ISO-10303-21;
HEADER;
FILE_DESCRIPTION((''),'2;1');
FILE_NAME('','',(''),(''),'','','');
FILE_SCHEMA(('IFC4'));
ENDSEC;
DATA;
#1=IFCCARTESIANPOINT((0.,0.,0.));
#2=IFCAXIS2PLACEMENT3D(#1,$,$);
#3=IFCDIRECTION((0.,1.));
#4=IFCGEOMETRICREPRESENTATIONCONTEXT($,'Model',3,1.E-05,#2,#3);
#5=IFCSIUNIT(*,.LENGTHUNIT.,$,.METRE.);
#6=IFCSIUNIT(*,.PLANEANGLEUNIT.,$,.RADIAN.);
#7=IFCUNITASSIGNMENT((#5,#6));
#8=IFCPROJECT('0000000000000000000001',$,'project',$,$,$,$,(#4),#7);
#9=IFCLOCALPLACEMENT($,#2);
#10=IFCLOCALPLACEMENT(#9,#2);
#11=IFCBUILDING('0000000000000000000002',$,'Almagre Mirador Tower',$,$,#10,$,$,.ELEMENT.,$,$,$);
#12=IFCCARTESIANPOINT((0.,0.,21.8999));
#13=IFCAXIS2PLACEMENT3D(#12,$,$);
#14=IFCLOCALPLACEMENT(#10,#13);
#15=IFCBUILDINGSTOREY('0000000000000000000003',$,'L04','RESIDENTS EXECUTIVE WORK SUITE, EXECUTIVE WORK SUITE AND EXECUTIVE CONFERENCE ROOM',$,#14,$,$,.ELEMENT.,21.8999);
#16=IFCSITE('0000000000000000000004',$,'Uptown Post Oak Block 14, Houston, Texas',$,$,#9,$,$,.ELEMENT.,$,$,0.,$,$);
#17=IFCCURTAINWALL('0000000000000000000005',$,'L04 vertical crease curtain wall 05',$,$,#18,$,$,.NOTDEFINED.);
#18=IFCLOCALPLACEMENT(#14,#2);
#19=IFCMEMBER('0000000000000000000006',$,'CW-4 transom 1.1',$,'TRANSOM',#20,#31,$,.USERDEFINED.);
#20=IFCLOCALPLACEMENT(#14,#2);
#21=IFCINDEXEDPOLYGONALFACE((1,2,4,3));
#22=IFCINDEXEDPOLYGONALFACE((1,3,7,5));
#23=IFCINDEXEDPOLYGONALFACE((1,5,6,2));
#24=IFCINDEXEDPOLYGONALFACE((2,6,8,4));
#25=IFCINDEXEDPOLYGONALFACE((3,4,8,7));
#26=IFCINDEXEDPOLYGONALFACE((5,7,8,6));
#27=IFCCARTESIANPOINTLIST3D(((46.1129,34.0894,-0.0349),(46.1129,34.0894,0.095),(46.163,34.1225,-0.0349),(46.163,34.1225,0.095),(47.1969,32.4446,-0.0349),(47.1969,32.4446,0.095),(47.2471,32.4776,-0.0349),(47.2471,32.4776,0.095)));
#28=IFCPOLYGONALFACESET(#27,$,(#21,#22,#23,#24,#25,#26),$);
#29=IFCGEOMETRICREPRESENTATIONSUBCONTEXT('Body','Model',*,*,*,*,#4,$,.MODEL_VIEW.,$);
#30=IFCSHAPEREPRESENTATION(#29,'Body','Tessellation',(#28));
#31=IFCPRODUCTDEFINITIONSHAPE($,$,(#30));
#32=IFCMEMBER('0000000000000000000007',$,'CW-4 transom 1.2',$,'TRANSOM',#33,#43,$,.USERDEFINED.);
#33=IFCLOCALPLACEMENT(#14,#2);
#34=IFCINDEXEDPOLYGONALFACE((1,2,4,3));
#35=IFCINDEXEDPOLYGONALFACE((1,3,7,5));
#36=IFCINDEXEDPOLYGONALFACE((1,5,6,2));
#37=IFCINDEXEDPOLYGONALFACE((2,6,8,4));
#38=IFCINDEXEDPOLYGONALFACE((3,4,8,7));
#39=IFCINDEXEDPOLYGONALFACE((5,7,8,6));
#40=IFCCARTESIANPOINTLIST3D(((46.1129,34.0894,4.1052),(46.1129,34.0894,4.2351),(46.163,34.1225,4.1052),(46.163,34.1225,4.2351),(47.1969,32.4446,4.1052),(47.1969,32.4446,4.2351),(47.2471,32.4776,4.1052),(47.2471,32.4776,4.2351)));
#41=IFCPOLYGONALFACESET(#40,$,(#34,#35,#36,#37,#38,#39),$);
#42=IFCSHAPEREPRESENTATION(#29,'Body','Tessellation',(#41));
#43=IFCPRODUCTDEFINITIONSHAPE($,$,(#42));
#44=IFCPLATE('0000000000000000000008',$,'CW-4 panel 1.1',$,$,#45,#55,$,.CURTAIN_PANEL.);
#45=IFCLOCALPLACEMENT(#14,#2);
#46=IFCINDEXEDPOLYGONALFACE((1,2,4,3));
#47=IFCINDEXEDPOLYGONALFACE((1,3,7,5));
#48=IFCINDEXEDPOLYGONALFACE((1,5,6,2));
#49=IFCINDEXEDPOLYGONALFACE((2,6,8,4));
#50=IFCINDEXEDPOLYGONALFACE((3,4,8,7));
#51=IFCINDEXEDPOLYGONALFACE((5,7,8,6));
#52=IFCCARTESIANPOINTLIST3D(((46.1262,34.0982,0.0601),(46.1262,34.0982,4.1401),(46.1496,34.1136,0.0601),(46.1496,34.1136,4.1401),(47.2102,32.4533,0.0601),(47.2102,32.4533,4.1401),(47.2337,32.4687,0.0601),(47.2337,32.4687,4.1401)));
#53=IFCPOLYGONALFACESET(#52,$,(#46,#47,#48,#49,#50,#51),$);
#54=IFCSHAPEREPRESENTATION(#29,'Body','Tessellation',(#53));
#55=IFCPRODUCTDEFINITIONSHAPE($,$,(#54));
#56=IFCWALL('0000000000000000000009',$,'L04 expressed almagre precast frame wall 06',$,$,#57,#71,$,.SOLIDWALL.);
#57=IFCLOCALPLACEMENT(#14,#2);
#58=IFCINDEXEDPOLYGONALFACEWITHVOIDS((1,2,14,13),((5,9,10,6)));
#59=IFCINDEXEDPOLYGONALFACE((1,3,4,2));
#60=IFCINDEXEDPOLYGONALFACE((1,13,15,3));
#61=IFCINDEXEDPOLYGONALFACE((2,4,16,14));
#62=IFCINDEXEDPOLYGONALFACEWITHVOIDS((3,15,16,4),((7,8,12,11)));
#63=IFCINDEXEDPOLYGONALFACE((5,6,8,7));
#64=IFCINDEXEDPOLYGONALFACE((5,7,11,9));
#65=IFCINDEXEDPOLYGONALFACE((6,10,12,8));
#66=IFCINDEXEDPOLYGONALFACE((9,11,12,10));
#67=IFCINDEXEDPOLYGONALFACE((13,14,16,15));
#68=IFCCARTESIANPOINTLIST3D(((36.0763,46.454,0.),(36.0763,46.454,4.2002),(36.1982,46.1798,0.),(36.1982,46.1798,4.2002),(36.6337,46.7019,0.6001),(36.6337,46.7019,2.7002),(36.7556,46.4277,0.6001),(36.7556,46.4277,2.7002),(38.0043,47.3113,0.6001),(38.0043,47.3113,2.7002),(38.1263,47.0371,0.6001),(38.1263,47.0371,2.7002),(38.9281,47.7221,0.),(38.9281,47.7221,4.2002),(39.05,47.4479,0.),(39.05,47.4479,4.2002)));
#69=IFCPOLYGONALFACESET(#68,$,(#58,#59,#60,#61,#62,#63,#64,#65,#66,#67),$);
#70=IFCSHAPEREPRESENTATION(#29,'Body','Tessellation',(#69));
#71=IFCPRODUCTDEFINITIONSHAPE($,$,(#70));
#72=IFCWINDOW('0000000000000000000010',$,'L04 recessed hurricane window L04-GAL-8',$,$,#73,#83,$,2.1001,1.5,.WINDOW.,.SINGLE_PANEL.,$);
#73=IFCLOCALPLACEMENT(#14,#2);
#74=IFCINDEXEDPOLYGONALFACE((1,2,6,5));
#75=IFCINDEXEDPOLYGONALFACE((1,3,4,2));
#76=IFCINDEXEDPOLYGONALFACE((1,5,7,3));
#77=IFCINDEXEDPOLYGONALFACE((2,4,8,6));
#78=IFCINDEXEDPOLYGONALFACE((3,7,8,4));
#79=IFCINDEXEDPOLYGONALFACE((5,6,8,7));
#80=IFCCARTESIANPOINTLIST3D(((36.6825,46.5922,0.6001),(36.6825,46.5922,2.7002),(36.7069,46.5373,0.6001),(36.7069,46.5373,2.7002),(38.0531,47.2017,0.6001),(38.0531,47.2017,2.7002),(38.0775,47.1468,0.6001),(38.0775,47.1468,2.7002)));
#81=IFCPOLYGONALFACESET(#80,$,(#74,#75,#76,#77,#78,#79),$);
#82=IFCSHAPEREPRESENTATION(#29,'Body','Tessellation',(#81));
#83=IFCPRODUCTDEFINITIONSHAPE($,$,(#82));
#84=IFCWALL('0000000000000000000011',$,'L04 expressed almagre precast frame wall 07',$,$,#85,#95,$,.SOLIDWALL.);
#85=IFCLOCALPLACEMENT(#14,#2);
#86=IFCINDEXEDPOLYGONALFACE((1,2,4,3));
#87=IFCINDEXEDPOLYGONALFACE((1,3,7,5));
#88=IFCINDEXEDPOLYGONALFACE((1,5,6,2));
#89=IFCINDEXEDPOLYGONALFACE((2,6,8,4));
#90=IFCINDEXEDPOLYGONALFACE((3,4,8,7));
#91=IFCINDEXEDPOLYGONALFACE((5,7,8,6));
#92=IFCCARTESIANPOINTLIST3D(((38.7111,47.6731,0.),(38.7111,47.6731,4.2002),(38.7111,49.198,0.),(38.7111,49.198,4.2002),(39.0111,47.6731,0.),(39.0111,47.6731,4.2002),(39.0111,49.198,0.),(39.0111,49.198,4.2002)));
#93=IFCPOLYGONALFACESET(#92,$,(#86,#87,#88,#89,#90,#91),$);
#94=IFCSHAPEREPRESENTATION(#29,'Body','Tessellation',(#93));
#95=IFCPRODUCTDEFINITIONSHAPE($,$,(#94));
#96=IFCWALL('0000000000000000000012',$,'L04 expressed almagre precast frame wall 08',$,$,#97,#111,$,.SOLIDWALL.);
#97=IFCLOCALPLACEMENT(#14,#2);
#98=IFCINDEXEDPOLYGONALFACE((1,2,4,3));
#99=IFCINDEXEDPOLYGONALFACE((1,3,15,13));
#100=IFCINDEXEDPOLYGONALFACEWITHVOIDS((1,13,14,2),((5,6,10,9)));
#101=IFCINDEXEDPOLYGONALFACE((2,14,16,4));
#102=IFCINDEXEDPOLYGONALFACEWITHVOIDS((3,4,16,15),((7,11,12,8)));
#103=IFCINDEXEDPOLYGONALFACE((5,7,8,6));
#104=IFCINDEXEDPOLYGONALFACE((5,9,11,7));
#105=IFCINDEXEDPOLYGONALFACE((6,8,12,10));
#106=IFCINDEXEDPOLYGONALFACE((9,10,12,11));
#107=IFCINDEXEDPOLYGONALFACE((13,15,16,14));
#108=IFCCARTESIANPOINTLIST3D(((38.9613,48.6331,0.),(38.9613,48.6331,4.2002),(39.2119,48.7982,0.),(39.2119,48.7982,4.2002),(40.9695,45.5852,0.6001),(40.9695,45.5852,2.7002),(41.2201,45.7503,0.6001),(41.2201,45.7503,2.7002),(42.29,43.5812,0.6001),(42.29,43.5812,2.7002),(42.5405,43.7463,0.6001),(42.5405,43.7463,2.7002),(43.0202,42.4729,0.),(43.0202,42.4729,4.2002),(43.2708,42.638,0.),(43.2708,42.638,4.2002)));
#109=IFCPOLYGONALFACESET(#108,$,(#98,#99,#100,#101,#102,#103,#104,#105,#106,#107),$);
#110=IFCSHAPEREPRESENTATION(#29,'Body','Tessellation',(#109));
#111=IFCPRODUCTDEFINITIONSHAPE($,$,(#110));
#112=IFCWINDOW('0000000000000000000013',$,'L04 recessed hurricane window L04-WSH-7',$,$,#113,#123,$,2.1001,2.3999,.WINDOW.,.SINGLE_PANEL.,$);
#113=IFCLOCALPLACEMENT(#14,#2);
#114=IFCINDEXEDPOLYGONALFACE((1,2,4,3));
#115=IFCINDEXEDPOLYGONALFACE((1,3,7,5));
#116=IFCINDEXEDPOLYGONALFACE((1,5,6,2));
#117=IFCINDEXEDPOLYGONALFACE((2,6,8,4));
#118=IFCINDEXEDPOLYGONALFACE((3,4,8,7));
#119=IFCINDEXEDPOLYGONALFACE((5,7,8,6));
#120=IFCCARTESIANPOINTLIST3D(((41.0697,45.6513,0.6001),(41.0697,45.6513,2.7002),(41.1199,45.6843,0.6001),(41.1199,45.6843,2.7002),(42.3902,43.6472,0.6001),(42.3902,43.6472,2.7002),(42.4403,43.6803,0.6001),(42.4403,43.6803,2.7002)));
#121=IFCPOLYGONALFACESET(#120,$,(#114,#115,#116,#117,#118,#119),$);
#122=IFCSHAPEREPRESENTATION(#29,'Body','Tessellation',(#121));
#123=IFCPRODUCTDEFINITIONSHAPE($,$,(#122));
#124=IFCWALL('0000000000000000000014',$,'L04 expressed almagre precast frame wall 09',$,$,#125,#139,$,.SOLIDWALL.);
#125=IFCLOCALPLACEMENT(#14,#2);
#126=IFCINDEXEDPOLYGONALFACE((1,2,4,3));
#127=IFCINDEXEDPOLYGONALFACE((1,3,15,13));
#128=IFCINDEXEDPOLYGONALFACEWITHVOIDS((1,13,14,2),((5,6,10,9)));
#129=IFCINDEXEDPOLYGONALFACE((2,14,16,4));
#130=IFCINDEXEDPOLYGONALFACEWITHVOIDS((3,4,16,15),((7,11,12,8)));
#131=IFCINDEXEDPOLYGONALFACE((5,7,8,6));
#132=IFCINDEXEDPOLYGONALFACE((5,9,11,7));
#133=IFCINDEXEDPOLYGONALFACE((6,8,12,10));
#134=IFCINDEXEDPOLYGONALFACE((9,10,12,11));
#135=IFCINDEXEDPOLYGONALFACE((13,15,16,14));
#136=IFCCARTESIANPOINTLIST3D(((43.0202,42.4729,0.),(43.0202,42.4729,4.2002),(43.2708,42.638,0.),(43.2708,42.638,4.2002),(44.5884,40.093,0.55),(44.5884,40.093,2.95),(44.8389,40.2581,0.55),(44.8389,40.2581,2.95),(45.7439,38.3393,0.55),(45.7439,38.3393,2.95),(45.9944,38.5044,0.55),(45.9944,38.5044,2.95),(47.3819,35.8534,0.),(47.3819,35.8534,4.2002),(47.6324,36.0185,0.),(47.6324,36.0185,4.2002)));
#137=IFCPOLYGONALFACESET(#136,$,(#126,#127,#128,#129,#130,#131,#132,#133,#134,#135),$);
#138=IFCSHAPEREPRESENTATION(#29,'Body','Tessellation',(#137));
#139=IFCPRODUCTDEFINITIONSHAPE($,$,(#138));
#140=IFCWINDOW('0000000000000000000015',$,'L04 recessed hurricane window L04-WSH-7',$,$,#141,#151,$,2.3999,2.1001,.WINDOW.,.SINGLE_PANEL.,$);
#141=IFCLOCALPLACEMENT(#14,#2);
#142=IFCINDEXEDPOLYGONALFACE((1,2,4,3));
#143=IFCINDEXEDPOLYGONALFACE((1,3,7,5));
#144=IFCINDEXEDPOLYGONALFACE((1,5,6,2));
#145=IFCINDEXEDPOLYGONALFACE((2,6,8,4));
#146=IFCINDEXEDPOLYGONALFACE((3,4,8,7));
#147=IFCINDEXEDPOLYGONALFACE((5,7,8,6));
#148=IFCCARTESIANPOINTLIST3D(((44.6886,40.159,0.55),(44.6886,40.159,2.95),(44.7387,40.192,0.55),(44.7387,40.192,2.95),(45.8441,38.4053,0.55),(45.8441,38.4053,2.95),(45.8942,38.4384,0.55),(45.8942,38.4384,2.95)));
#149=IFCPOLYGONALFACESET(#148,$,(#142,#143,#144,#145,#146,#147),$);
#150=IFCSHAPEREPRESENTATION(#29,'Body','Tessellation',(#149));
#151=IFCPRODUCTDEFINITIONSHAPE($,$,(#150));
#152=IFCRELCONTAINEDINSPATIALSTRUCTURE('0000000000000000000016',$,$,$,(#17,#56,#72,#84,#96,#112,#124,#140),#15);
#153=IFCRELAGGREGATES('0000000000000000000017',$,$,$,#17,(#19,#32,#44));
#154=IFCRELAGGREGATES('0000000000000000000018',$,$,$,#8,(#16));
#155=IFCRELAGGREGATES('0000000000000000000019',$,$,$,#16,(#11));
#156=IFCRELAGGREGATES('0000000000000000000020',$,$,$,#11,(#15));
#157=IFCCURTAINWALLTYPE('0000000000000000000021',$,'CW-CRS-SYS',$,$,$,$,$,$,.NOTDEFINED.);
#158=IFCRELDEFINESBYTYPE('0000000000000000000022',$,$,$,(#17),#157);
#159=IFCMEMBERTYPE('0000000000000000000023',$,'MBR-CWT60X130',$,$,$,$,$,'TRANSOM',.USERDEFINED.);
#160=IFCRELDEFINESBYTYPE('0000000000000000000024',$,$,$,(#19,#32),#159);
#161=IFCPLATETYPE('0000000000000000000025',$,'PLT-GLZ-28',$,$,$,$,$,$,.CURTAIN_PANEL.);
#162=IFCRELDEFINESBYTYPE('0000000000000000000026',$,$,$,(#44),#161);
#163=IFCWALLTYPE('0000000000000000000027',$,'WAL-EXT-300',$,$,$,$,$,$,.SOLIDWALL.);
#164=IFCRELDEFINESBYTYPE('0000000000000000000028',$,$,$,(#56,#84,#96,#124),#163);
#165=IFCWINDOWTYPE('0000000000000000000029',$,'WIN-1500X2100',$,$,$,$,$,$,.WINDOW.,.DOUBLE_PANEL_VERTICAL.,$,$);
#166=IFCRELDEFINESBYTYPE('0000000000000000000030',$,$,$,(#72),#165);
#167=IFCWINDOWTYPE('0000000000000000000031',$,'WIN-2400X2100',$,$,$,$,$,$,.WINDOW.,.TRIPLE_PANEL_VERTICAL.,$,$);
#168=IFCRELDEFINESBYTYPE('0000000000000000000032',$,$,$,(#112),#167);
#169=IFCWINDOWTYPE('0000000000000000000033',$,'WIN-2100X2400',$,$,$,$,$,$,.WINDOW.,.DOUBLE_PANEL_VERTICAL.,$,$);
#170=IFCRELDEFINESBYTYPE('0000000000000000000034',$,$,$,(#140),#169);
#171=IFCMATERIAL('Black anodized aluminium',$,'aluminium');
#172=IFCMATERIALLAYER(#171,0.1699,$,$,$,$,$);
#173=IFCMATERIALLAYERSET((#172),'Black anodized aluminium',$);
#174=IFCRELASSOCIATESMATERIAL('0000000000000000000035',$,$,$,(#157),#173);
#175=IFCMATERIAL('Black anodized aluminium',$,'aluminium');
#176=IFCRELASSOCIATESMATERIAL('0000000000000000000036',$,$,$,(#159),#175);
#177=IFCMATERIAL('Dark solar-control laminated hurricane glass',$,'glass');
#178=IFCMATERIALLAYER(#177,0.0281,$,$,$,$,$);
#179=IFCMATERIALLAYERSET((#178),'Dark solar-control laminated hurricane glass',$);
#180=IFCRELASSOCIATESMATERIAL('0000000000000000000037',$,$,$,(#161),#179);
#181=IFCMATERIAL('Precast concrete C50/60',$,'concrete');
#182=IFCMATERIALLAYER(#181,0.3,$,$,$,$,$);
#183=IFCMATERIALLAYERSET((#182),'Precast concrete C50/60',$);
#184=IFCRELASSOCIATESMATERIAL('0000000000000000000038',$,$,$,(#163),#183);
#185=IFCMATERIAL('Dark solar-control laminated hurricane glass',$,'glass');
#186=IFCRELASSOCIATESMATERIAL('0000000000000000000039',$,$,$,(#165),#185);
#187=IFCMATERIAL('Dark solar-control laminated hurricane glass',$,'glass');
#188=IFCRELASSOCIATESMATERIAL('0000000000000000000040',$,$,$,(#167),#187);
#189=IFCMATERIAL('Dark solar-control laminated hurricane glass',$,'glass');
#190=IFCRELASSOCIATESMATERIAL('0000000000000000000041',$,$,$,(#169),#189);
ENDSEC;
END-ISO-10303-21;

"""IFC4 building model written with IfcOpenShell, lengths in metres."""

from ifc_helpers import new_model, si_unit, direction, frame, frame_2d, origin, origin_2d, place, context, subcontext, project, spatial, rectangle, extrude, material, layer, layer_set, material_profile, profile_set, type_object, element, fill, aggregate, save


model = new_model("IFC4")

# Units and contexts
model_context = context("Model", 3, precision=1e-05, world=origin(), true_north=direction((0.0, 1.0)))
body_context = subcontext(model_context, "Body", "Model", "MODEL_VIEW")
ifc_project = project(units=[si_unit("LENGTHUNIT", "METRE"), si_unit("PLANEANGLEUNIT", "RADIAN")], contexts=[model_context])

# Site, building, storey
site_placement = place(None, origin())
site = spatial("IfcSite", under=ifc_project, at=site_placement, Name="Uptown Post Oak Block 14, Houston, Texas", CompositionType="ELEMENT", RefElevation=0.0)
building_placement = place(site_placement, origin())
building = spatial("IfcBuilding", under=site, at=building_placement, Name="Almagre Mirador Tower", CompositionType="ELEMENT")
storey_placement = place(building_placement, frame((0.0, 0.0, 21.8999)))
storey = spatial("IfcBuildingStorey", under=building, at=storey_placement, Name="L04", Description="RESIDENTS EXECUTIVE WORK SUITE, EXECUTIVE WORK SUITE AND EXECUTIVE CONFERENCE ROOM", CompositionType="ELEMENT", Elevation=21.8999)

# Curtain wall, members, plate
ifc_material_1 = material(Name="Black anodized aluminium", Category="aluminium")
ifc_layer_1 = layer(ifc_material_1, 0.1699)
ifc_layer_set_1 = layer_set([ifc_layer_1], Name="Black anodized aluminium")
curtain_wall_type = type_object("IfcCurtainWallType", Name="CW-CRS-SYS", PredefinedType="NOTDEFINED", material=ifc_layer_set_1)
curtain_wall_placement = place(storey_placement, origin())
curtain_wall = element("IfcCurtainWall", 1, at=curtain_wall_placement, inside=storey, type_object=curtain_wall_type, Name="L04 vertical crease curtain wall 05", PredefinedType="NOTDEFINED")
ifc_material_2 = material(Name="Black anodized aluminium", Category="aluminium")
ifc_material_profile_1 = material_profile(ifc_material_2, rectangle(XDim=0.0601, YDim=0.1299, at=origin_2d()), Name="CWT60X130")
ifc_profile_set_1 = profile_set([ifc_material_profile_1], Name="Black anodized aluminium")
member_type_1 = type_object("IfcMemberType", Name="MBR-CWT60X130", ElementType="TRANSOM", PredefinedType="USERDEFINED", material=ifc_profile_set_1)
member_1_placement = place(storey_placement, frame((46.1379, 34.106, 0.03), z_axis=(0.550288, -0.834975, 0.0), x_axis=(0.834975, 0.550288, 0.0)))
member_1 = element("IfcMember", 2, at=member_1_placement, type_object=member_type_1, Name="CW-4 transom 1.1", ObjectType="TRANSOM", PredefinedType="USERDEFINED", context=body_context, shape_type="SweptSolid", body=[
    extrude(rectangle(XDim=0.0601, YDim=0.1299, at=origin_2d()), origin(), (0.0, 0.0, 1.0), 1.97),
])
member_2_placement = place(storey_placement, frame((46.1379, 34.106, 4.1702), z_axis=(0.550288, -0.834975, 0.0), x_axis=(0.834975, 0.550288, 0.0)))
member_2 = element("IfcMember", 3, at=member_2_placement, type_object=member_type_1, Name="CW-4 transom 1.2", ObjectType="TRANSOM", PredefinedType="USERDEFINED", context=body_context, shape_type="SweptSolid", body=[
    extrude(rectangle(XDim=0.0601, YDim=0.1299, at=origin_2d()), origin(), (0.0, 0.0, 1.0), 1.97),
])
ifc_material_3 = material(Name="Dark solar-control laminated hurricane glass", Category="glass")
ifc_layer_2 = layer(ifc_material_3, 0.0281)
ifc_layer_set_2 = layer_set([ifc_layer_2], Name="Dark solar-control laminated hurricane glass")
plate_type = type_object("IfcPlateType", Name="PLT-GLZ-28", PredefinedType="CURTAIN_PANEL", material=ifc_layer_set_2)
plate_placement = place(storey_placement, frame((46.6799, 33.2834, 0.0601), z_axis=(0.0, 0.0, 1.0), x_axis=(0.550275, -0.834983, 0.0)))
plate = element("IfcPlate", 4, at=plate_placement, type_object=plate_type, Name="CW-4 panel 1.1", PredefinedType="CURTAIN_PANEL", context=body_context, shape_type="SweptSolid", body=[
    extrude(rectangle(XDim=1.97, YDim=0.0281, at=origin_2d()), origin(), (0.0, 0.0, 1.0), 4.0801),
])
aggregate(curtain_wall, [member_1, member_2, plate])

# Wall, opening, window
ifc_material_4 = material(Name="Precast concrete C50/60", Category="concrete")
ifc_layer_3 = layer(ifc_material_4, 0.3)
ifc_layer_set_3 = layer_set([ifc_layer_3], Name="Precast concrete C50/60")
wall_type_1 = type_object("IfcWallType", Name="WAL-EXT-300", PredefinedType="SOLIDWALL", material=ifc_layer_set_3)
wall_1_placement = place(storey_placement, frame((36.1372, 46.3169, 0.0), z_axis=(0.0, 0.0, 1.0), x_axis=(0.913741, 0.406298, 0.0)))
wall_1 = element("IfcWall", 5, at=wall_1_placement, inside=storey, type_object=wall_type_1, Name="L04 expressed almagre precast frame wall 06", PredefinedType="SOLIDWALL", context=body_context, shape_type="SweptSolid", body=[
    extrude(rectangle(XDim=3.1211, YDim=0.3, at=frame_2d((1.5605, 0.0))), origin(), (0.0, 0.0, 1.0), 4.2002),
])
opening_1_placement = place(wall_1_placement, frame((0.6101, 0.0, 0.6001)))
opening_1 = element("IfcOpeningElement", 6, at=opening_1_placement, cuts=wall_1, PredefinedType="OPENING", context=body_context, shape_type="SweptSolid", body=[
    extrude(rectangle(XDim=1.5, YDim=2.1001, at=frame_2d((0.75, 1.05))), frame((0.0, 0.1599, 0.0), z_axis=(0.0, -1.0, 0.0), x_axis=(1.0, 0.0, 0.0)), (0.0, 0.0, 1.0), 0.32),
])
ifc_material_5 = material(Name="Dark solar-control laminated hurricane glass", Category="glass")
window_type_1 = type_object("IfcWindowType", Name="WIN-1500X2100", PartitioningType="DOUBLE_PANEL_VERTICAL", PredefinedType="WINDOW", material=ifc_material_5)
window_1_placement = place(opening_1_placement, origin())
window_1 = element("IfcWindow", 7, at=window_1_placement, inside=storey, type_object=window_type_1, Name="L04 recessed hurricane window L04-GAL-8", OverallHeight=2.1001, OverallWidth=1.5, PartitioningType="SINGLE_PANEL", PredefinedType="WINDOW", context=body_context, shape_type="SweptSolid", body=[
    extrude(rectangle(XDim=1.5, YDim=2.1001, at=frame_2d((0.75, 1.05))), frame((0.0, 0.03, 0.0), z_axis=(0.0, -1.0, 0.0), x_axis=(1.0, 0.0, 0.0)), (0.0, 0.0, 1.0), 0.0601),
])
fill(opening_1, window_1)

# Wall
wall_2_placement = place(storey_placement, frame((38.8611, 47.6731, 0.0), z_axis=(0.0, 0.0, 1.0), x_axis=(0.0, 1.0, 0.0)))
element("IfcWall", 8, at=wall_2_placement, inside=storey, type_object=wall_type_1, Name="L04 expressed almagre precast frame wall 07", PredefinedType="SOLIDWALL", context=body_context, shape_type="SweptSolid", body=[
    extrude(rectangle(XDim=1.5249, YDim=0.3, at=frame_2d((0.7625, 0.0))), origin(), (0.0, 0.0, 1.0), 4.2002),
])

# Walls, openings, windows
wall_3_placement = place(storey_placement, frame((39.0867, 48.7156, 0.0), z_axis=(0.0, 0.0, 1.0), x_axis=(0.550194, -0.835037, 0.0)))
wall_3 = element("IfcWall", 9, at=wall_3_placement, inside=storey, type_object=wall_type_1, Name="L04 expressed almagre precast frame wall 08", PredefinedType="SOLIDWALL", context=body_context, shape_type="SweptSolid", body=[
    extrude(rectangle(XDim=7.3772, YDim=0.3, at=frame_2d((3.6885, 0.0))), origin(), (0.0, 0.0, 1.0), 4.2002),
])
opening_2_placement = place(wall_3_placement, frame((3.6499, 0.0, 0.6001)))
opening_2 = element("IfcOpeningElement", 10, at=opening_2_placement, cuts=wall_3, PredefinedType="OPENING", context=body_context, shape_type="SweptSolid", body=[
    extrude(rectangle(XDim=2.3999, YDim=2.1001, at=frame_2d((1.2, 1.05))), frame((0.0, 0.1599, 0.0), z_axis=(0.0, -1.0, 0.0), x_axis=(1.0, 0.0, 0.0)), (0.0, 0.0, 1.0), 0.32),
])
ifc_material_6 = material(Name="Dark solar-control laminated hurricane glass", Category="glass")
window_type_2 = type_object("IfcWindowType", Name="WIN-2400X2100", PartitioningType="TRIPLE_PANEL_VERTICAL", PredefinedType="WINDOW", material=ifc_material_6)
window_2_placement = place(opening_2_placement, origin())
window_2 = element("IfcWindow", 11, at=window_2_placement, inside=storey, type_object=window_type_2, Name="L04 recessed hurricane window L04-WSH-7", OverallHeight=2.1001, OverallWidth=2.3999, PartitioningType="SINGLE_PANEL", PredefinedType="WINDOW", context=body_context, shape_type="SweptSolid", body=[
    extrude(rectangle(XDim=2.3999, YDim=2.1001, at=frame_2d((1.2, 1.05))), frame((0.0, 0.03, 0.0), z_axis=(0.0, -1.0, 0.0), x_axis=(1.0, 0.0, 0.0)), (0.0, 0.0, 1.0), 0.0601),
])
fill(opening_2, window_2)
wall_4_placement = place(storey_placement, frame((43.1455, 42.5554, 0.0), z_axis=(0.0, 0.0, 1.0), x_axis=(0.550207, -0.835028, 0.0)))
wall_4 = element("IfcWall", 12, at=wall_4_placement, inside=storey, type_object=wall_type_1, Name="L04 expressed almagre precast frame wall 09", PredefinedType="SOLIDWALL", context=body_context, shape_type="SweptSolid", body=[
    extrude(rectangle(XDim=7.9272, YDim=0.3, at=frame_2d((3.9636, 0.0))), origin(), (0.0, 0.0, 1.0), 4.2002),
])
opening_3_placement = place(wall_4_placement, frame((2.8501, 0.0, 0.55)))
opening_3 = element("IfcOpeningElement", 13, at=opening_3_placement, cuts=wall_4, PredefinedType="OPENING", context=body_context, shape_type="SweptSolid", body=[
    extrude(rectangle(XDim=2.1001, YDim=2.3999, at=frame_2d((1.05, 1.2))), frame((0.0, 0.1599, 0.0), z_axis=(0.0, -1.0, 0.0), x_axis=(1.0, 0.0, 0.0)), (0.0, 0.0, 1.0), 0.32),
])
ifc_material_7 = material(Name="Dark solar-control laminated hurricane glass", Category="glass")
window_type_3 = type_object("IfcWindowType", Name="WIN-2100X2400", PartitioningType="DOUBLE_PANEL_VERTICAL", PredefinedType="WINDOW", material=ifc_material_7)
window_3_placement = place(opening_3_placement, origin())
window_3 = element("IfcWindow", 14, at=window_3_placement, inside=storey, type_object=window_type_3, Name="L04 recessed hurricane window L04-WSH-7", OverallHeight=2.3999, OverallWidth=2.1001, PartitioningType="SINGLE_PANEL", PredefinedType="WINDOW", context=body_context, shape_type="SweptSolid", body=[
    extrude(rectangle(XDim=2.1001, YDim=2.3999, at=frame_2d((1.05, 1.2))), frame((0.0, 0.03, 0.0), z_axis=(0.0, -1.0, 0.0), x_axis=(1.0, 0.0, 0.0)), (0.0, 0.0, 1.0), 0.0601),
])
fill(opening_3, window_3)

save(model, "model.ifc")
